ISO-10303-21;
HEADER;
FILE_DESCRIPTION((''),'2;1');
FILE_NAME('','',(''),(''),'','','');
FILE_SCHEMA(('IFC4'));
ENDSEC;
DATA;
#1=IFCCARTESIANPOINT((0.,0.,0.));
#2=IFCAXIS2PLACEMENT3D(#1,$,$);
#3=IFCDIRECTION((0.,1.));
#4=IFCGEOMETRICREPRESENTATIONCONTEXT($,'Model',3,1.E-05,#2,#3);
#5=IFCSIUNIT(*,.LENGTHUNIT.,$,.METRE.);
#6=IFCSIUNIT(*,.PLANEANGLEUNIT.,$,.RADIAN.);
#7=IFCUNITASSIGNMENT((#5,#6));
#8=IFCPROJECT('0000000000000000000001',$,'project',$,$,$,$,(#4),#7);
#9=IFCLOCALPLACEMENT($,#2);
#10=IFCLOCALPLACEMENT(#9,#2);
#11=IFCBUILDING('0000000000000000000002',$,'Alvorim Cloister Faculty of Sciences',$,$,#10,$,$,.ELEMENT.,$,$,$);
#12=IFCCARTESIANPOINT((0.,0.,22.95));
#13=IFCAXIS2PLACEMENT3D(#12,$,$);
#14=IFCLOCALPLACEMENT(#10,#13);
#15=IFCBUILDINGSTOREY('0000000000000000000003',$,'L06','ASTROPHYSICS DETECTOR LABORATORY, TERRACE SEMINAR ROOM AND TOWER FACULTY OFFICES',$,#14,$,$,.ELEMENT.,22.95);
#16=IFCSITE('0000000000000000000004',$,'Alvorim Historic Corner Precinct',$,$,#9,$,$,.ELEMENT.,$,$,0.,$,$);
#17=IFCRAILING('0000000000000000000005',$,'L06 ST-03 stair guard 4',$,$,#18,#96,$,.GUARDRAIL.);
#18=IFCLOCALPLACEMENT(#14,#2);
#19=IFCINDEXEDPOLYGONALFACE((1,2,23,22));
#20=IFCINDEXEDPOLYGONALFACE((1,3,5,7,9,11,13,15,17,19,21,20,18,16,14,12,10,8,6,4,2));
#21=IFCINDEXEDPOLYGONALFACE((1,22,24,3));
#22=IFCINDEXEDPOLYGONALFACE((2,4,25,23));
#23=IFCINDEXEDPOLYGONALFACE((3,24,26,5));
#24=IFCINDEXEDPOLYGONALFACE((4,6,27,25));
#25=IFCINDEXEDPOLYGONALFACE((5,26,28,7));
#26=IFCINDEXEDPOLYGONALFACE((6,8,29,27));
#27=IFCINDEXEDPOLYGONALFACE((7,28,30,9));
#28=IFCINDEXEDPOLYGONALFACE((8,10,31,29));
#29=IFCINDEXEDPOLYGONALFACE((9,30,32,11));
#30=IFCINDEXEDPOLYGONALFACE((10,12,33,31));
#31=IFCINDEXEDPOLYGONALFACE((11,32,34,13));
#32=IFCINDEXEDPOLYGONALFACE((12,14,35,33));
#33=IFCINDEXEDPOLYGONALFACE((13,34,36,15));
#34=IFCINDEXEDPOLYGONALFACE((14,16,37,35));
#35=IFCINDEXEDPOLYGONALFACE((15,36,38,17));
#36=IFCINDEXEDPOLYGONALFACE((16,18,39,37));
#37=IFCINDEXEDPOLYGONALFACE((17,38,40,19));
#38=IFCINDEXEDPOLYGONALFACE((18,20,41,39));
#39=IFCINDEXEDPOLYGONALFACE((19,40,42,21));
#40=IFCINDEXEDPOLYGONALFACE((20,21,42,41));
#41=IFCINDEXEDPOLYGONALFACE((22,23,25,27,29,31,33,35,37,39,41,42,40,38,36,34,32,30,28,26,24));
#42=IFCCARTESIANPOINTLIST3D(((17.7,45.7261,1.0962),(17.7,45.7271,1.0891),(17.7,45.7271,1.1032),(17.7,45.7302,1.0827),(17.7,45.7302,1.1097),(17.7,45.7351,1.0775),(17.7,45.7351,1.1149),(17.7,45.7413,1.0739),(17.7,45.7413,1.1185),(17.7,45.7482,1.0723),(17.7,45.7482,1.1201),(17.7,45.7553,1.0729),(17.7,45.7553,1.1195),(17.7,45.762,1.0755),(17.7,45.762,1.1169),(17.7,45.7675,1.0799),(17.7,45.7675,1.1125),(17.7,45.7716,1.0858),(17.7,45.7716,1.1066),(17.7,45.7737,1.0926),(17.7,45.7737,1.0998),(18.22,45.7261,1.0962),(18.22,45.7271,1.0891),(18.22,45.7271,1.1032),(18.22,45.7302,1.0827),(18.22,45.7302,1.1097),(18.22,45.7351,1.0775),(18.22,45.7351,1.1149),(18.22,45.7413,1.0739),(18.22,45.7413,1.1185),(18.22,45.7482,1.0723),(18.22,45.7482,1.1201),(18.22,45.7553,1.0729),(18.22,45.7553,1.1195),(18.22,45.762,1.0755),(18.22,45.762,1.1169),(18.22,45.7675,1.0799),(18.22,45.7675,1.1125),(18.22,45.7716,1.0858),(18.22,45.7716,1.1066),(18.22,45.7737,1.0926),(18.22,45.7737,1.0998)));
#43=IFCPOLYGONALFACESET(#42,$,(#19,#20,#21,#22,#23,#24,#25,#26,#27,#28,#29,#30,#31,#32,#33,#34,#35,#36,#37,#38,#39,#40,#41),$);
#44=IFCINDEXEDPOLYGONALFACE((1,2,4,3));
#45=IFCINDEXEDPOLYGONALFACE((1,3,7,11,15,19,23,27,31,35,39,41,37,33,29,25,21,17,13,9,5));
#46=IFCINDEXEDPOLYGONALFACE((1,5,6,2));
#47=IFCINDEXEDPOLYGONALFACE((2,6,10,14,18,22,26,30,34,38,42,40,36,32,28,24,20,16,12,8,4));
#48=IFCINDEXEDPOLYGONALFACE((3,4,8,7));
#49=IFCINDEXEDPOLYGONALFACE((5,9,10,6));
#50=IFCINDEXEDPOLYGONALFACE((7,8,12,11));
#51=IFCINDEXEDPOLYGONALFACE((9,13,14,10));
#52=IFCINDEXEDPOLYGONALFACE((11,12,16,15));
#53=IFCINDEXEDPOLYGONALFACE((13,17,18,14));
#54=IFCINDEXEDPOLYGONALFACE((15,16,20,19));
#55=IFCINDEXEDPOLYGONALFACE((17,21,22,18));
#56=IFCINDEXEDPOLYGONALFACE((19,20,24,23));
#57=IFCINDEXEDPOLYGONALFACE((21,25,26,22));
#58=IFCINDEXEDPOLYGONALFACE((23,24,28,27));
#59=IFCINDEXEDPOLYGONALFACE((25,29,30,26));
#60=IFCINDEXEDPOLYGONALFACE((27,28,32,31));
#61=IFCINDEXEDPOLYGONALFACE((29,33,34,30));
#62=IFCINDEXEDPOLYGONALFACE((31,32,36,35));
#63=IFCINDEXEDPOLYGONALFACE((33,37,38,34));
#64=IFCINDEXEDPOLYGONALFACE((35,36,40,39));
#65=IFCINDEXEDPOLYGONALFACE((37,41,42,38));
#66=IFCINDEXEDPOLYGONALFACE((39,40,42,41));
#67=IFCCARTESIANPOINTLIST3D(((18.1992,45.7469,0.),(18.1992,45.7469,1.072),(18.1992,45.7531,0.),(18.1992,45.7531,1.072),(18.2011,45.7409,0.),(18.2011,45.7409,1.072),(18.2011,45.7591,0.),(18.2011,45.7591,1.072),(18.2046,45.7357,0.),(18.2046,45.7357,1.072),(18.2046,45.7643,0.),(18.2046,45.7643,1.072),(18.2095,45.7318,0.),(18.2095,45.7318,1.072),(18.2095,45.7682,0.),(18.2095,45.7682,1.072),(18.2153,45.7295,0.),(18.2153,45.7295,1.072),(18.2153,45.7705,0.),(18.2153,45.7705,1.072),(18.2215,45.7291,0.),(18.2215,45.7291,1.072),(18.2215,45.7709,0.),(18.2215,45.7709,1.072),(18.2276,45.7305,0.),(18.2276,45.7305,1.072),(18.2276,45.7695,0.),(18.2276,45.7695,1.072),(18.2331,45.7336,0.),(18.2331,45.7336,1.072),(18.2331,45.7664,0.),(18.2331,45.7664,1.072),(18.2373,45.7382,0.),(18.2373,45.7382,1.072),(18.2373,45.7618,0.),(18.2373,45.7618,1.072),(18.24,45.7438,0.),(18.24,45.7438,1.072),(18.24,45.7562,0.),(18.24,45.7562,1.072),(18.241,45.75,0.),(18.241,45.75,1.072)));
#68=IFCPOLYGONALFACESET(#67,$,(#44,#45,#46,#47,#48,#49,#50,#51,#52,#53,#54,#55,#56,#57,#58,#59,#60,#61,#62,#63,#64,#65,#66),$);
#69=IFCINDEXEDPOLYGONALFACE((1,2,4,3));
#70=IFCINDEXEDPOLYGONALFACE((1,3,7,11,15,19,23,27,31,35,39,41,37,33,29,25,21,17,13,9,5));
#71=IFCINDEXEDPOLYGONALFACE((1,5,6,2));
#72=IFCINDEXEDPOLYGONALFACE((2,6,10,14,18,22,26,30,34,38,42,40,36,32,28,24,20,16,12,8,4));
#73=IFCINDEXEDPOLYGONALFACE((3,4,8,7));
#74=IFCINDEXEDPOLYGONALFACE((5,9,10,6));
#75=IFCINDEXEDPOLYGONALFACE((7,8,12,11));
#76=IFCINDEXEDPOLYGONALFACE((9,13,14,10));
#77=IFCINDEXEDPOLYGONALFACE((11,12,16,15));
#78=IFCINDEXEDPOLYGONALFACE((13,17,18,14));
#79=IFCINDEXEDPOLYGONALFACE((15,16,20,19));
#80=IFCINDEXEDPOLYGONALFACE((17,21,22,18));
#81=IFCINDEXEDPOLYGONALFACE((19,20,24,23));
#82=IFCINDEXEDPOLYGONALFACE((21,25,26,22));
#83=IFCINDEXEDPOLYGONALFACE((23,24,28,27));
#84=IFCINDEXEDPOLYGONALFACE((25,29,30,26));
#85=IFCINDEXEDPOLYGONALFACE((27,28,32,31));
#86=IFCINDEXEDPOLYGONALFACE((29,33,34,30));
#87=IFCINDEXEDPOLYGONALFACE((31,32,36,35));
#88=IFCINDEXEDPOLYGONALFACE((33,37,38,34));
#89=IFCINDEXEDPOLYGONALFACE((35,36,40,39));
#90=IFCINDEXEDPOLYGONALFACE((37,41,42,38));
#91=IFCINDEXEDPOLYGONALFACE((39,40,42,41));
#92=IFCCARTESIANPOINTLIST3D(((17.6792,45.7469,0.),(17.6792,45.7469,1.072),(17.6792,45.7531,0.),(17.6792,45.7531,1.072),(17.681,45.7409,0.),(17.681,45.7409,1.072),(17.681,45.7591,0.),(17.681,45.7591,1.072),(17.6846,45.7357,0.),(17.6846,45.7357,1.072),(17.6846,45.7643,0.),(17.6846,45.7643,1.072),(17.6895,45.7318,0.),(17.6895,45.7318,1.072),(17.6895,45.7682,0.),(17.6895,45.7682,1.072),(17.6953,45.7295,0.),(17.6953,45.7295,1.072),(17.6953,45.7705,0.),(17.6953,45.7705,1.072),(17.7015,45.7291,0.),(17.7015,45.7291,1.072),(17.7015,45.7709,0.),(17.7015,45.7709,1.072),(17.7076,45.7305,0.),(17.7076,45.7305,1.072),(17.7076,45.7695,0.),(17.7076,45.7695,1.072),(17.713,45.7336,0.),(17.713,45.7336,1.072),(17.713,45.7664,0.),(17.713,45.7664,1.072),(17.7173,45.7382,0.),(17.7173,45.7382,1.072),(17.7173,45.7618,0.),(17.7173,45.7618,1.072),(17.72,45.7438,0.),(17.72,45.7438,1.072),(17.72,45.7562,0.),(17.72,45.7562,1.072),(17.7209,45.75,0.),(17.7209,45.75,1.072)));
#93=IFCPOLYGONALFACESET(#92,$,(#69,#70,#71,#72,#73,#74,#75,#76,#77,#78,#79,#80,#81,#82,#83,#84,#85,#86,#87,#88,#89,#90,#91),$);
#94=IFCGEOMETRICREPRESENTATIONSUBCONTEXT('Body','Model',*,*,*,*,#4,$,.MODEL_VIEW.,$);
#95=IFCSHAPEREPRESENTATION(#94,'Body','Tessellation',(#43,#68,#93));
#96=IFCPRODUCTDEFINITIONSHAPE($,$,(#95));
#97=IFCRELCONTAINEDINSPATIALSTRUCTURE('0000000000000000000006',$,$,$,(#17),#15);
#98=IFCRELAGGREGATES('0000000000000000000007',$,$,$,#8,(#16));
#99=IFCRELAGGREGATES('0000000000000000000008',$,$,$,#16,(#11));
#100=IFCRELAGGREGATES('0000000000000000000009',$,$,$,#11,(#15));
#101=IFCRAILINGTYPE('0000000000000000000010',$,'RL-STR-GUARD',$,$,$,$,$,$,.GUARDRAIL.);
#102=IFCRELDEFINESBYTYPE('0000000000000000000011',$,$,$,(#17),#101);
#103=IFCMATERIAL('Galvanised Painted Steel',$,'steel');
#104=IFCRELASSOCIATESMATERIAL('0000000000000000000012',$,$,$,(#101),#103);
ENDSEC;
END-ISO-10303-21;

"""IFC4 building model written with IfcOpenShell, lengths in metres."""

from ifc_helpers import new_model, si_unit, direction, frame, origin, origin_2d, place, context, subcontext, project, spatial, circle, extrude, material, type_object, element, save


model = new_model("IFC4")

# Units and contexts
model_context = context("Model", 3, precision=1e-05, world=origin(), true_north=direction((0.0, 1.0)))
body_context = subcontext(model_context, "Body", "Model", "MODEL_VIEW")
ifc_project = project(units=[si_unit("LENGTHUNIT", "METRE"), si_unit("PLANEANGLEUNIT", "RADIAN")], contexts=[model_context])

# Site, building, storey
site_placement = place(None, origin())
site = spatial("IfcSite", under=ifc_project, at=site_placement, Name="Alvorim Historic Corner Precinct", CompositionType="ELEMENT", RefElevation=0.0)
building_placement = place(site_placement, origin())
building = spatial("IfcBuilding", under=site, at=building_placement, Name="Alvorim Cloister Faculty of Sciences", CompositionType="ELEMENT")
storey_placement = place(building_placement, frame((0.0, 0.0, 22.95)))
storey = spatial("IfcBuildingStorey", under=building, at=storey_placement, Name="L06", Description="ASTROPHYSICS DETECTOR LABORATORY, TERRACE SEMINAR ROOM AND TOWER FACULTY OFFICES", CompositionType="ELEMENT", Elevation=22.95)

# Railing
ifc_material_1 = material(Name="Galvanised Painted Steel", Category="steel")
railing_type_1 = type_object("IfcRailingType", Name="RL-STR-GUARD", PredefinedType="GUARDRAIL", material=ifc_material_1)
railing_1_placement = place(storey_placement, frame((18.22, 45.75, 0.0)))
element("IfcRailing", 1, at=railing_1_placement, inside=storey, type_object=railing_type_1, Name="L06 ST-03 stair guard 4", PredefinedType="GUARDRAIL", context=body_context, shape_type="SweptSolid", body=[
    extrude(circle(Radius=0.0239, at=origin_2d()), frame((0.0, 0.0, 1.0962), z_axis=(-1.0, 0.0, 0.0), x_axis=(0.0, -1.0, 0.0)), (0.0, 0.0, 1.0), 0.52),
    extrude(circle(Radius=0.021, at=origin_2d()), origin(), (0.0, 0.0, 1.0), 1.072),
    extrude(circle(Radius=0.021, at=origin_2d()), frame((-0.52, 0.0, 0.0)), (0.0, 0.0, 1.0), 1.072),
])

save(model, "model.ifc")
